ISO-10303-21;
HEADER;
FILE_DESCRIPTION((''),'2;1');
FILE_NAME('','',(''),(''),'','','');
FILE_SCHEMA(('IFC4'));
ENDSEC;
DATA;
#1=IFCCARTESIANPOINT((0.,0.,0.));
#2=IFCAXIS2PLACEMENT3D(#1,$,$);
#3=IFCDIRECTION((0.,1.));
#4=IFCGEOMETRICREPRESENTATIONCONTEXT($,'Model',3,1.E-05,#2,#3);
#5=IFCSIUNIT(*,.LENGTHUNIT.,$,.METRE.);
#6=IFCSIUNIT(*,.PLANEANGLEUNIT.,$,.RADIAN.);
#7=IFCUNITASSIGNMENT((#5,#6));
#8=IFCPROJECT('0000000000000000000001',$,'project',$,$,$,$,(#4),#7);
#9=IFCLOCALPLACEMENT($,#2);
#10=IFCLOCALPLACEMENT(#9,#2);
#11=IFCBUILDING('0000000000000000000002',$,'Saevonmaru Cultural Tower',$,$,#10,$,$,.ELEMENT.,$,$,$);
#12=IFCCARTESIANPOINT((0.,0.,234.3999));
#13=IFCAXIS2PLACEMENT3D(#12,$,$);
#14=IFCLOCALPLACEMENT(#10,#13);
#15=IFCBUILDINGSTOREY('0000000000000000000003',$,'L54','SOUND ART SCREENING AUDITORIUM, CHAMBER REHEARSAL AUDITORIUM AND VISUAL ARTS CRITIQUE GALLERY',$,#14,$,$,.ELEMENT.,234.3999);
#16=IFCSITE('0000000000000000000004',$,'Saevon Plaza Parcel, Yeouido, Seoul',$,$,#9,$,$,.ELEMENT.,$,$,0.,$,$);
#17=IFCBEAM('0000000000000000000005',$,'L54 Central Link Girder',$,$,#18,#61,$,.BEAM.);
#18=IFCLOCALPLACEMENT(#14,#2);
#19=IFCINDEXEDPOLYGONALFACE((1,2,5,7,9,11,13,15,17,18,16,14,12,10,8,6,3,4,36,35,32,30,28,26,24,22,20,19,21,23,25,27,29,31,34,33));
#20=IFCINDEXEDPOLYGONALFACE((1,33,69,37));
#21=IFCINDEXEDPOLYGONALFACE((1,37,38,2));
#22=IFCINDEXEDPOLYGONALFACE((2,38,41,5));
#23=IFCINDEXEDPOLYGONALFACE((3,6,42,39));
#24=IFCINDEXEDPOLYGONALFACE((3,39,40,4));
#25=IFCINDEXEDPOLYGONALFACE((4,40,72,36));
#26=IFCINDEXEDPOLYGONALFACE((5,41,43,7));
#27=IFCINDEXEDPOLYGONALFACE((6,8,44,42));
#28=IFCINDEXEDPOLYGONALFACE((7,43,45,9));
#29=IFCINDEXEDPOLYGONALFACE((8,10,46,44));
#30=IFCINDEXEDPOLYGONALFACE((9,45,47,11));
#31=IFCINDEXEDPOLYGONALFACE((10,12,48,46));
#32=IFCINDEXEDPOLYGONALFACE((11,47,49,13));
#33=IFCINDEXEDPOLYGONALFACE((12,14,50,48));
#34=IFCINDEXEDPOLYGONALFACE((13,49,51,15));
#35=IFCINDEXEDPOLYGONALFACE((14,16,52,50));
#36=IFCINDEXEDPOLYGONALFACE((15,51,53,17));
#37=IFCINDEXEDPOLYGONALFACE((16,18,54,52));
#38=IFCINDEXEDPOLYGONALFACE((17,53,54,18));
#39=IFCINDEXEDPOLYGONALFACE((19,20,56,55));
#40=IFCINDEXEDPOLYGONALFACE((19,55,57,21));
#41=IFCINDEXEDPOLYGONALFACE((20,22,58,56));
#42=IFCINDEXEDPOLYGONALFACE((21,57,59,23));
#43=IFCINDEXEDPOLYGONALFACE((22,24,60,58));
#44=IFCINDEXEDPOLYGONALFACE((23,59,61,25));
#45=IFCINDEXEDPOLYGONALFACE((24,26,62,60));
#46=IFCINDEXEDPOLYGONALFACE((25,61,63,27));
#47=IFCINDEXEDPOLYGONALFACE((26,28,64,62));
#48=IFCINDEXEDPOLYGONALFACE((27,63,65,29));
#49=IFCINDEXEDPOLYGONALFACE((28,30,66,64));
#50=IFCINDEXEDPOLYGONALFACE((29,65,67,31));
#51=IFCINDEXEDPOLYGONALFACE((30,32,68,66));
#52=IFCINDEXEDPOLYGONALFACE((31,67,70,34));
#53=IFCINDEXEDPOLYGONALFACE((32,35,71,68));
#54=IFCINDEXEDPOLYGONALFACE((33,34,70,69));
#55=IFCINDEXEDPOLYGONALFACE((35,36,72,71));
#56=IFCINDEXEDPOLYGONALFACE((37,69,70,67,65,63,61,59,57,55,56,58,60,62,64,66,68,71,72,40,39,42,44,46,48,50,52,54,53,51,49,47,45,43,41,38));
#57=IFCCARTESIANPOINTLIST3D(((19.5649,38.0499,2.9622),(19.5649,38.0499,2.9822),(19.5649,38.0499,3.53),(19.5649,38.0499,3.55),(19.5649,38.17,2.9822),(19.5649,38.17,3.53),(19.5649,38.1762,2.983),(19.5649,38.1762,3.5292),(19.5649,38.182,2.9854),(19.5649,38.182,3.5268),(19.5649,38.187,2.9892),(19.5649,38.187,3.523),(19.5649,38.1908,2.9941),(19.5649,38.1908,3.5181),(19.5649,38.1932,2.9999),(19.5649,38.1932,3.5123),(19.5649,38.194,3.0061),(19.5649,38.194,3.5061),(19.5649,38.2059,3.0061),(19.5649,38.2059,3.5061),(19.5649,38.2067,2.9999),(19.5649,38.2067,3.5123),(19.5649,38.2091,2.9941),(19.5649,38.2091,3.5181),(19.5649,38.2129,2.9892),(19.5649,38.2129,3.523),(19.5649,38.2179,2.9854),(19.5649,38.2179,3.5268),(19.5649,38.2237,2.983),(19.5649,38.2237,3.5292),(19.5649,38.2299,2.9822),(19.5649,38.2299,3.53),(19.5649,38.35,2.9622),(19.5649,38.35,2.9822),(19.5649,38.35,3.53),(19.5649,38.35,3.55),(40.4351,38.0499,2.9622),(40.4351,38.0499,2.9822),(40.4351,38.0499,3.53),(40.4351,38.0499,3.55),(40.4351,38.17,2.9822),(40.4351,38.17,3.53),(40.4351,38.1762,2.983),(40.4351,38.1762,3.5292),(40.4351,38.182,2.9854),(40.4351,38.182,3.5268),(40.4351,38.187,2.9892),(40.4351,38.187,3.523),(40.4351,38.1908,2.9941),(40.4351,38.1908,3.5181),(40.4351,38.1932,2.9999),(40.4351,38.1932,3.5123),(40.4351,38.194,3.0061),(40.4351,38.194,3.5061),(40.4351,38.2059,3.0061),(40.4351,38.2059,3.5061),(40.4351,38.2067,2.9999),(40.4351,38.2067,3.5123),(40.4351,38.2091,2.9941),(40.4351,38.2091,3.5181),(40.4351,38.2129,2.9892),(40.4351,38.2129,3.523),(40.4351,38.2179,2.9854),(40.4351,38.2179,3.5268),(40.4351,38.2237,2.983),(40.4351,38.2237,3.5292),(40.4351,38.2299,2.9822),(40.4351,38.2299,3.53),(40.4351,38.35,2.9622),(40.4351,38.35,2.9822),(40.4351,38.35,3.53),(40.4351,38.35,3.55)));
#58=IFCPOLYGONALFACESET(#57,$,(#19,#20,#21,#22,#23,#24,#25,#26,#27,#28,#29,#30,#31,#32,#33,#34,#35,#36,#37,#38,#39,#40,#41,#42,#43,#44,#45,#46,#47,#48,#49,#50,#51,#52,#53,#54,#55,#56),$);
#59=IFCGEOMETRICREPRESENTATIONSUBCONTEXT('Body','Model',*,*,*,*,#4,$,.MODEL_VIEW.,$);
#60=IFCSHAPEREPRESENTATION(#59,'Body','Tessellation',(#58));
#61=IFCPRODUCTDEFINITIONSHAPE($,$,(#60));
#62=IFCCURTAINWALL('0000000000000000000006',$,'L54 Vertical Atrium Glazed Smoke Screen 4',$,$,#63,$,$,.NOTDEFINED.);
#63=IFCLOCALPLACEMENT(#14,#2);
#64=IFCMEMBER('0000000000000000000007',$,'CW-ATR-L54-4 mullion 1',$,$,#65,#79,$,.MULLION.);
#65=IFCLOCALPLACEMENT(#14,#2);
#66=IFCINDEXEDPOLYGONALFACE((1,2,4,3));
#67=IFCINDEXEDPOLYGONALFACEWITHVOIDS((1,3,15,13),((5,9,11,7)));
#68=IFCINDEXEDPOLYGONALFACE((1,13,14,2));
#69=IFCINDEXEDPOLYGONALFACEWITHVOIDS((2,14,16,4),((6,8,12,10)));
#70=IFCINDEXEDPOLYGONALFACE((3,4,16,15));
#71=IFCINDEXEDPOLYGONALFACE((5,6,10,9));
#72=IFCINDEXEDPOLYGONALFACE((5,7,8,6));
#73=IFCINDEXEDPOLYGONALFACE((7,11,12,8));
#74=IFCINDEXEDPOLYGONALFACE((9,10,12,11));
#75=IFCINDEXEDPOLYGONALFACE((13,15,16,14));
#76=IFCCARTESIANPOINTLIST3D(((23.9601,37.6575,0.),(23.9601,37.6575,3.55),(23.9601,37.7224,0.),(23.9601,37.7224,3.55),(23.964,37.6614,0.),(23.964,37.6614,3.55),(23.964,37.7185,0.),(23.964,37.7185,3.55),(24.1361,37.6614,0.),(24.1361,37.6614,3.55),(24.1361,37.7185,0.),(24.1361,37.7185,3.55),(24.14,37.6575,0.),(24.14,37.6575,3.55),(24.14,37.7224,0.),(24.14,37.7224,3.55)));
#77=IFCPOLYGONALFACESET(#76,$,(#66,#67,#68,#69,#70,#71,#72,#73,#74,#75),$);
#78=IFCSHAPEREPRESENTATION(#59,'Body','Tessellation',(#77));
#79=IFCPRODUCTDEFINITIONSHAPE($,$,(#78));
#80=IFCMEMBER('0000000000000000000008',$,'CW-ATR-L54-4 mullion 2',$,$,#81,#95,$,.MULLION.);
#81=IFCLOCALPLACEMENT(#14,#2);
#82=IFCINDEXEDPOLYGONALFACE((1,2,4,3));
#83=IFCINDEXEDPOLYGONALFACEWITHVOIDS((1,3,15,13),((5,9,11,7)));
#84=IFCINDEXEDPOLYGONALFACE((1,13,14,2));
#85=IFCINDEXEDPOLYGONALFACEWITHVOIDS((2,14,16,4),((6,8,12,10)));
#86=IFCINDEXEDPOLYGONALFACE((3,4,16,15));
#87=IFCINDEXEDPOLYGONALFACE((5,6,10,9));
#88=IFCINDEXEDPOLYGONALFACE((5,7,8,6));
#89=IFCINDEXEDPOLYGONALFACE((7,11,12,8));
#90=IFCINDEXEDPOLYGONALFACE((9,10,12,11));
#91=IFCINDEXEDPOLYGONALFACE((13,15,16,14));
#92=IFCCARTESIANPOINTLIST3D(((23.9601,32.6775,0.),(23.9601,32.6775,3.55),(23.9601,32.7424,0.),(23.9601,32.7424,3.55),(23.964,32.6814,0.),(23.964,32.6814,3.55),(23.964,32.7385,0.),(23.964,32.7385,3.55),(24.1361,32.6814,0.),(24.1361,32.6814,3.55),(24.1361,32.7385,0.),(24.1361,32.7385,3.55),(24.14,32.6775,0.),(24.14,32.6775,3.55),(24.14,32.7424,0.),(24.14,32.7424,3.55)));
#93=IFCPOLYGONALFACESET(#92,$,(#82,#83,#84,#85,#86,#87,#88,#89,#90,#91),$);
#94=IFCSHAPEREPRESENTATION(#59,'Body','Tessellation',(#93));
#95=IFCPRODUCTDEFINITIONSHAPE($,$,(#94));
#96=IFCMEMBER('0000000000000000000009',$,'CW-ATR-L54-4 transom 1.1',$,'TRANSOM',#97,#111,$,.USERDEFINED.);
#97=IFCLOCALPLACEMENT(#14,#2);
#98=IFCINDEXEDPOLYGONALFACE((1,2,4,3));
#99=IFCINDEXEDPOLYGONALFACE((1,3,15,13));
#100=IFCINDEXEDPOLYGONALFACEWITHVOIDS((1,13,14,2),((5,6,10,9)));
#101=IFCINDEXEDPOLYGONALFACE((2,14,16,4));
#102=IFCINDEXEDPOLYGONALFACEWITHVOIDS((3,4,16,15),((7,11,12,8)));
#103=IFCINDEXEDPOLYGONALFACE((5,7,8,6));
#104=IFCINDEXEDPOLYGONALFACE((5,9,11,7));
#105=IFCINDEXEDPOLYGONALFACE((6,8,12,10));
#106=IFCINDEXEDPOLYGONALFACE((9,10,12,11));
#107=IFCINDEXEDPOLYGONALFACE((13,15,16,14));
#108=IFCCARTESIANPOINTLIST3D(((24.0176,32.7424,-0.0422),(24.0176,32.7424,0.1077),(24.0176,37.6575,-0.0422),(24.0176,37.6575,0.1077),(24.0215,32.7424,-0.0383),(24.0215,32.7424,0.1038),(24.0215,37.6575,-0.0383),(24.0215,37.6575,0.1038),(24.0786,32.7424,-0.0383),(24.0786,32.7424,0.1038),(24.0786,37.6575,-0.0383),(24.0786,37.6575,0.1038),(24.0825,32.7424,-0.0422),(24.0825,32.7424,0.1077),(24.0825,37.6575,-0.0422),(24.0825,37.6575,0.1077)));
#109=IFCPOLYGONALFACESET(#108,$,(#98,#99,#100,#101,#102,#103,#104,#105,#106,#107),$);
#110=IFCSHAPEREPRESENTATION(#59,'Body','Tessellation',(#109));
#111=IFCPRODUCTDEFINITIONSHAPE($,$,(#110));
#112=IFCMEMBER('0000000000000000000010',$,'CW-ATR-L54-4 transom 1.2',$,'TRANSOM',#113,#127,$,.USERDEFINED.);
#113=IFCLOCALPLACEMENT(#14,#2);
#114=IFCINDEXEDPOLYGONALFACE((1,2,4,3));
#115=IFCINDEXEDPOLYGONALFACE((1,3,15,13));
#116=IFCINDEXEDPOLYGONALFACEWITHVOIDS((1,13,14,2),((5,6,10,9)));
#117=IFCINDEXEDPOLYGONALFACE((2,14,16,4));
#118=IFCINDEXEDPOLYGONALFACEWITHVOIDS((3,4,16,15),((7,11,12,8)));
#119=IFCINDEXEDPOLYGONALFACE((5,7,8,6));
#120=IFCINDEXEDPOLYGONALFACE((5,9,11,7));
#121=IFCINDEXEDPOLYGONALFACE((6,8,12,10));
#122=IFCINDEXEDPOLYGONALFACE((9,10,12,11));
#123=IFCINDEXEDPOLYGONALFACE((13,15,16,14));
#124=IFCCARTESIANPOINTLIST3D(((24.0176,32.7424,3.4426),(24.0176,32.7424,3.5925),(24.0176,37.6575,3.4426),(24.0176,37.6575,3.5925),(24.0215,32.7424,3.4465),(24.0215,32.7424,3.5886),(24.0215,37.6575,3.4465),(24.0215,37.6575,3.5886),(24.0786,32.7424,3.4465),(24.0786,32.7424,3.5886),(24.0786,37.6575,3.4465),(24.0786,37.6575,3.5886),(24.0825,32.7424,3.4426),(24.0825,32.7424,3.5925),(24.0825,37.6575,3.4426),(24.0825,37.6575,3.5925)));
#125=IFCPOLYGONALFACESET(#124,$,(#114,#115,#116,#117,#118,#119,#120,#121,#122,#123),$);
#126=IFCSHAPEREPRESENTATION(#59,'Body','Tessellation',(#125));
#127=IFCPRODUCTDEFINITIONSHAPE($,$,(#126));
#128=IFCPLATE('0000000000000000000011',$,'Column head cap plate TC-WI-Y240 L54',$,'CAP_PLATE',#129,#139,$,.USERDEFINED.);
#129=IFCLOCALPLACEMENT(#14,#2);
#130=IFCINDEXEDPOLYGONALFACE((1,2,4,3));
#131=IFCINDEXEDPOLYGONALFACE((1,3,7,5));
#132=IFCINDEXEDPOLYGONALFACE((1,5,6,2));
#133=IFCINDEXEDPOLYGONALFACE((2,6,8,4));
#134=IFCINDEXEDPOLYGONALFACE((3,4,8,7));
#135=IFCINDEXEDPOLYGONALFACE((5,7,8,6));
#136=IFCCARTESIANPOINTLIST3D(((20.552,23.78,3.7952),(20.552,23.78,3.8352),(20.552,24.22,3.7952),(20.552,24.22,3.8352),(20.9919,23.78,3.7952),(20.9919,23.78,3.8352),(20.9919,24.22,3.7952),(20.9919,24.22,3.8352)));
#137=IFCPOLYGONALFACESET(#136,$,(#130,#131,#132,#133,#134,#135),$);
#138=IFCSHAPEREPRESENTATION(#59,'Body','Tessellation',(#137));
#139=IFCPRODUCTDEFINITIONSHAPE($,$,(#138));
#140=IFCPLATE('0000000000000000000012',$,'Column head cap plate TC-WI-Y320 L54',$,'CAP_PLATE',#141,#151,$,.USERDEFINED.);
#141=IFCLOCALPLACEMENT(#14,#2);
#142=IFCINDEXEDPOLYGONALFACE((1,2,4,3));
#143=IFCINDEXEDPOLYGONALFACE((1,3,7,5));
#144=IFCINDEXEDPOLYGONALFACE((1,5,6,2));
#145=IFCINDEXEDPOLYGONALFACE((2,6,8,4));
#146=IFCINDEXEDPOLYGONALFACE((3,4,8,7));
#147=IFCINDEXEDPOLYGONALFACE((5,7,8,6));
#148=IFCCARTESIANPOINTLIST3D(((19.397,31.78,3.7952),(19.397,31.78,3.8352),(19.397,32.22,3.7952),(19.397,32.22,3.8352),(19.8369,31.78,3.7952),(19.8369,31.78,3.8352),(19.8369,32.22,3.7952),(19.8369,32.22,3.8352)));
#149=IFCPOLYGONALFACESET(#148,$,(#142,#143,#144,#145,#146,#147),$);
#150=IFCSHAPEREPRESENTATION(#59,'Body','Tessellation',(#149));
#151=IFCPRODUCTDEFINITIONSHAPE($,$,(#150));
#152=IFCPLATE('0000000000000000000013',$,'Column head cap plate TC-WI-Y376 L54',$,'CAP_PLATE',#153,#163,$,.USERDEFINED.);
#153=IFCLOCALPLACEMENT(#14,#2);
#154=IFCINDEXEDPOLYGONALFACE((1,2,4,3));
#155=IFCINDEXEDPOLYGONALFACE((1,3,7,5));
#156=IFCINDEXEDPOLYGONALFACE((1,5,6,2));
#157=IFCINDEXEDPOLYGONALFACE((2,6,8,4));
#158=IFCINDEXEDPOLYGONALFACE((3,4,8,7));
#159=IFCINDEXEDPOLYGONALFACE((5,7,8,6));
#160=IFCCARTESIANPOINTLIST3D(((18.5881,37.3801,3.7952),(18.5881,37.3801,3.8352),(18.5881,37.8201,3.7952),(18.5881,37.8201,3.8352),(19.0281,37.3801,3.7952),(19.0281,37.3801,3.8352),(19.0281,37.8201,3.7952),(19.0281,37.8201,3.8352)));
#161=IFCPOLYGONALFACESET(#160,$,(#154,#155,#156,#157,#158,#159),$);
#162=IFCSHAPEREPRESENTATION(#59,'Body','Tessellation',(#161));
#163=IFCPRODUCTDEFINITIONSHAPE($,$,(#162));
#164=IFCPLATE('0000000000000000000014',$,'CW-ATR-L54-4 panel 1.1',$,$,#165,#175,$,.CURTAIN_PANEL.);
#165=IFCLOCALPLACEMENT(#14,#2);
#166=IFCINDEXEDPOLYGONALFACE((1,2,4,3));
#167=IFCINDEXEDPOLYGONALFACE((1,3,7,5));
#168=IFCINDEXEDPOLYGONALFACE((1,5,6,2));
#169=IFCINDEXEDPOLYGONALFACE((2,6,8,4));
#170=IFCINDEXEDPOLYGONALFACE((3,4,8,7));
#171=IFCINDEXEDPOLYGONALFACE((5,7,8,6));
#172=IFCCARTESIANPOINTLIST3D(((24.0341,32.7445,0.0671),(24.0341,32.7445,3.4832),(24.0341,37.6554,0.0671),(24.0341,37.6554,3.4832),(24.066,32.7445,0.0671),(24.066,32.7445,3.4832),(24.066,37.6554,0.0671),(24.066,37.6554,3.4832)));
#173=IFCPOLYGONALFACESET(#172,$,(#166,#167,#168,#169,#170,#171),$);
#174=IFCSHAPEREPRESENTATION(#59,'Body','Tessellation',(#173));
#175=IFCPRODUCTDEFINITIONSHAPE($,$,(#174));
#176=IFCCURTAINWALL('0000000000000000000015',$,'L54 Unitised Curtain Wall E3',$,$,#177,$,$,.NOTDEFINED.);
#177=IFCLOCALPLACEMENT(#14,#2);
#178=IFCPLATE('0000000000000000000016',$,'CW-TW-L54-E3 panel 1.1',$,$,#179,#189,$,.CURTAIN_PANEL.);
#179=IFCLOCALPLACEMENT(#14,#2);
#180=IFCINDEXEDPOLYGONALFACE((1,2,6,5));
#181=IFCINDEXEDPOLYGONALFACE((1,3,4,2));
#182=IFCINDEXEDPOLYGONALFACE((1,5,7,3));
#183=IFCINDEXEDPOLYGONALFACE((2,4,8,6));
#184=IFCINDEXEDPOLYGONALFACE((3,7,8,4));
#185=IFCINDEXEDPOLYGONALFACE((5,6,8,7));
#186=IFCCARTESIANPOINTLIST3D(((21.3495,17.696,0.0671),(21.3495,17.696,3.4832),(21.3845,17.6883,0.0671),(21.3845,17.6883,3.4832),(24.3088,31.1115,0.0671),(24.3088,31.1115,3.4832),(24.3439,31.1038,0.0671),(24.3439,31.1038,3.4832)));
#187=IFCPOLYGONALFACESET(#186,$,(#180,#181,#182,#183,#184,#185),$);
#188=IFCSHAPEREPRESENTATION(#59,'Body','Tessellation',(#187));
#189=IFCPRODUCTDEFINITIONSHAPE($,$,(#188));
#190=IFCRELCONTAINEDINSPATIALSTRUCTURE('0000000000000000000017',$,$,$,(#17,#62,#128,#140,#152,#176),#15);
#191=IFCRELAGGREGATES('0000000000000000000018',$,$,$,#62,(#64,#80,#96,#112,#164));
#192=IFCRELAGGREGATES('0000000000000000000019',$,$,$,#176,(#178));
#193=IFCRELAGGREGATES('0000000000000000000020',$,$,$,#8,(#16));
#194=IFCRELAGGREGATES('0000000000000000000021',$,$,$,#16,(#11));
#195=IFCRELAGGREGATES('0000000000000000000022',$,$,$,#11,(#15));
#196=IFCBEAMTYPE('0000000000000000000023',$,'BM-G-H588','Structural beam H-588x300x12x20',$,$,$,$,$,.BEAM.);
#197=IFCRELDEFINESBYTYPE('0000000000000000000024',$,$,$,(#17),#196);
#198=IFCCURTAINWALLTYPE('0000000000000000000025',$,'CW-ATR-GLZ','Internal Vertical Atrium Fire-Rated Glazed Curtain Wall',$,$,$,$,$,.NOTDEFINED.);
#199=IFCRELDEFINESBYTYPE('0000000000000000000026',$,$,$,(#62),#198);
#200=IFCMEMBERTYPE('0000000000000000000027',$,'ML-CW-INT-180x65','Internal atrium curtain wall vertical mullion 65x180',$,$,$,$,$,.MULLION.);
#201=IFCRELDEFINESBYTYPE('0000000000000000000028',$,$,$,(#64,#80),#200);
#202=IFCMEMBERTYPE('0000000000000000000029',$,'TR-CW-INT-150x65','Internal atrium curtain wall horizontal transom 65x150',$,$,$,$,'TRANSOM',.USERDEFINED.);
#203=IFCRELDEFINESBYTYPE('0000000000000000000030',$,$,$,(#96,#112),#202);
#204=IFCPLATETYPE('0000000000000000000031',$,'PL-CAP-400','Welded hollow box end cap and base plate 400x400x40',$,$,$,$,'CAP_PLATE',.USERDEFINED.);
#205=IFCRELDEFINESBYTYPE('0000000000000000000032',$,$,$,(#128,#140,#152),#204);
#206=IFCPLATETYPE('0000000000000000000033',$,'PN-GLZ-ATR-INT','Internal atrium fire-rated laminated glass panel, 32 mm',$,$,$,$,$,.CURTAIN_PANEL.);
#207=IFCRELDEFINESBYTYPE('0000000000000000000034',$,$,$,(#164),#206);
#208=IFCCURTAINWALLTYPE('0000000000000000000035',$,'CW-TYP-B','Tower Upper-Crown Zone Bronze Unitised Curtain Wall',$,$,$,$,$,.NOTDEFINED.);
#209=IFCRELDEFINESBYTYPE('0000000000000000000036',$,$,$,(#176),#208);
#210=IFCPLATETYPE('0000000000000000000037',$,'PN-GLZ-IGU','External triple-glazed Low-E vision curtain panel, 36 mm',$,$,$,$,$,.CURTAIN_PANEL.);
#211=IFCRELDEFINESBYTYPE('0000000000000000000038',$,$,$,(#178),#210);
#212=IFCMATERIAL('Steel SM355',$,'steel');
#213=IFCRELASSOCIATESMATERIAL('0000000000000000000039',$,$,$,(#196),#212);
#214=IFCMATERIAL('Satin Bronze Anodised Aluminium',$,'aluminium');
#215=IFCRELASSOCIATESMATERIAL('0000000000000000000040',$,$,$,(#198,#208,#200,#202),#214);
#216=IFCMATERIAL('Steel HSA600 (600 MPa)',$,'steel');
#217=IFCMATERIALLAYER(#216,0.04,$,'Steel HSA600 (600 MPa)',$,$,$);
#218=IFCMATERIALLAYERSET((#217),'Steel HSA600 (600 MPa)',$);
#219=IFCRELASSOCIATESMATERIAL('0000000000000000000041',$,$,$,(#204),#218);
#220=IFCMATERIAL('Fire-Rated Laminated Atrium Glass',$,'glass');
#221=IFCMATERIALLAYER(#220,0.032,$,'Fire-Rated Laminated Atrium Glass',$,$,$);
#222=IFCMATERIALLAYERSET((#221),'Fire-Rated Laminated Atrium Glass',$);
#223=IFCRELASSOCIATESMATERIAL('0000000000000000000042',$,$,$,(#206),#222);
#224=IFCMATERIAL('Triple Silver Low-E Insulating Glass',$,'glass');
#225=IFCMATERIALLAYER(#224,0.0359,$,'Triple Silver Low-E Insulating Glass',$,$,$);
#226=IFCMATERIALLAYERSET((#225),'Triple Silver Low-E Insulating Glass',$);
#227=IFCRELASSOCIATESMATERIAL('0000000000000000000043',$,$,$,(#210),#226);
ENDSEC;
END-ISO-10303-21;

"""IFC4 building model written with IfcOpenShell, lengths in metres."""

from ifc_helpers import new_model, si_unit, direction, frame, origin, origin_2d, place, context, subcontext, project, spatial, rectangle, hollow_rectangle, i_section, extrude, material, layer, layer_set, material_profile, profile_set, type_object, element, aggregate, save


model = new_model("IFC4")

# Units and contexts
model_context = context("Model", 3, precision=1e-05, world=origin(), true_north=direction((0.0, 1.0)))
body_context = subcontext(model_context, "Body", "Model", "MODEL_VIEW")
ifc_project = project(units=[si_unit("LENGTHUNIT", "METRE"), si_unit("PLANEANGLEUNIT", "RADIAN")], contexts=[model_context])

# Site, building, storey
site_placement = place(None, origin())
site = spatial("IfcSite", under=ifc_project, at=site_placement, Name="Saevon Plaza Parcel, Yeouido, Seoul", CompositionType="ELEMENT", RefElevation=0.0)
building_placement = place(site_placement, origin())
building = spatial("IfcBuilding", under=site, at=building_placement, Name="Saevonmaru Cultural Tower", CompositionType="ELEMENT")
storey_placement = place(building_placement, frame((0.0, 0.0, 234.3999)))
storey = spatial("IfcBuildingStorey", under=building, at=storey_placement, Name="L54", Description="SOUND ART SCREENING AUDITORIUM, CHAMBER REHEARSAL AUDITORIUM AND VISUAL ARTS CRITIQUE GALLERY", CompositionType="ELEMENT", Elevation=234.3999)

# Shared definitions
ifc_material_1 = material(Name="Steel SM355", Category="steel")

# Beam
ifc_material_profile_1 = material_profile(ifc_material_1, i_section(OverallWidth=0.3, OverallDepth=0.5879, WebThickness=0.012, FlangeThickness=0.02, FilletRadius=0.0239, at=origin_2d()), Name="H-588x300x12x20")
ifc_profile_set_1 = profile_set([ifc_material_profile_1], Name="Steel SM355")
beam_type = type_object("IfcBeamType", Name="BM-G-H588", Description="Structural beam H-588x300x12x20", PredefinedType="BEAM", material=ifc_profile_set_1)
beam_1_placement = place(storey_placement, frame((19.5649, 38.2, 3.2561), z_axis=(1.0, 0.0, 0.0), x_axis=(0.0, 1.0, 0.0)))
element("IfcBeam", 1, at=beam_1_placement, inside=storey, type_object=beam_type, Name="L54 Central Link Girder", PredefinedType="BEAM", context=body_context, shape_type="SweptSolid", body=[
    extrude(i_section(OverallWidth=0.3, OverallDepth=0.5879, WebThickness=0.012, FlangeThickness=0.02, FilletRadius=0.0239, at=origin_2d()), origin(), (0.0, 0.0, 1.0), 20.8701),
])

# Curtain wall, members
ifc_material_2 = material(Name="Satin Bronze Anodised Aluminium", Category="aluminium")
curtain_wall_type_1 = type_object("IfcCurtainWallType", Name="CW-ATR-GLZ", Description="Internal Vertical Atrium Fire-Rated Glazed Curtain Wall", PredefinedType="NOTDEFINED", material=ifc_material_2)
curtain_wall_1_placement = place(storey_placement, origin())
curtain_wall_1 = element("IfcCurtainWall", 2, at=curtain_wall_1_placement, inside=storey, type_object=curtain_wall_type_1, Name="L54 Vertical Atrium Glazed Smoke Screen 4", PredefinedType="NOTDEFINED")
ifc_material_profile_2 = material_profile(ifc_material_2, hollow_rectangle(XDim=0.0649, YDim=0.1799, WallThickness=0.0039, at=origin_2d()), Name="ALU-MULL-180x65x4")
ifc_profile_set_2 = profile_set([ifc_material_profile_2], Name="Satin Bronze Anodised Aluminium")
member_type_1 = type_object("IfcMemberType", Name="ML-CW-INT-180x65", Description="Internal atrium curtain wall vertical mullion 65x180", PredefinedType="MULLION", material=ifc_profile_set_2)
member_1_placement = place(storey_placement, frame((24.05, 37.6899, 0.0), z_axis=(0.0, 0.0, 1.0), x_axis=(0.0, -1.0, 0.0)))
member_1 = element("IfcMember", 3, at=member_1_placement, type_object=member_type_1, Name="CW-ATR-L54-4 mullion 1", PredefinedType="MULLION", context=body_context, shape_type="SweptSolid", body=[
    extrude(hollow_rectangle(XDim=0.0649, YDim=0.1799, WallThickness=0.0039, at=origin_2d()), origin(), (0.0, 0.0, 1.0), 3.55),
])
member_2_placement = place(storey_placement, frame((24.05, 32.71, 0.0), z_axis=(0.0, 0.0, 1.0), x_axis=(0.0, -1.0, 0.0)))
member_2 = element("IfcMember", 4, at=member_2_placement, type_object=member_type_1, Name="CW-ATR-L54-4 mullion 2", PredefinedType="MULLION", context=body_context, shape_type="SweptSolid", body=[
    extrude(hollow_rectangle(XDim=0.0649, YDim=0.1799, WallThickness=0.0039, at=origin_2d()), origin(), (0.0, 0.0, 1.0), 3.55),
])
ifc_material_profile_3 = material_profile(ifc_material_2, hollow_rectangle(XDim=0.0649, YDim=0.1499, WallThickness=0.0039, at=origin_2d()), Name="ALU-TRAN-150x65x4")
ifc_profile_set_3 = profile_set([ifc_material_profile_3], Name="Satin Bronze Anodised Aluminium")
member_type_2 = type_object("IfcMemberType", Name="TR-CW-INT-150x65", Description="Internal atrium curtain wall horizontal transom 65x150", ElementType="TRANSOM", PredefinedType="USERDEFINED", material=ifc_profile_set_3)
member_3_placement = place(storey_placement, frame((24.05, 37.6575, 0.0327), z_axis=(0.0, -1.0, 0.0), x_axis=(1.0, 0.0, 0.0)))
member_3 = element("IfcMember", 5, at=member_3_placement, type_object=member_type_2, Name="CW-ATR-L54-4 transom 1.1", ObjectType="TRANSOM", PredefinedType="USERDEFINED", context=body_context, shape_type="SweptSolid", body=[
    extrude(hollow_rectangle(XDim=0.0649, YDim=0.1499, WallThickness=0.0039, at=origin_2d()), origin(), (0.0, 0.0, 1.0), 4.915),
])
member_4_placement = place(storey_placement, frame((24.05, 37.6575, 3.5176), z_axis=(0.0, -1.0, 0.0), x_axis=(1.0, 0.0, 0.0)))
member_4 = element("IfcMember", 6, at=member_4_placement, type_object=member_type_2, Name="CW-ATR-L54-4 transom 1.2", ObjectType="TRANSOM", PredefinedType="USERDEFINED", context=body_context, shape_type="SweptSolid", body=[
    extrude(hollow_rectangle(XDim=0.0649, YDim=0.1499, WallThickness=0.0039, at=origin_2d()), origin(), (0.0, 0.0, 1.0), 4.915),
])

# Plates
ifc_material_3 = material(Name="Steel HSA600 (600 MPa)", Category="steel")
ifc_layer_1 = layer(ifc_material_3, 0.04, Name="Steel HSA600 (600 MPa)")
ifc_layer_set_1 = layer_set([ifc_layer_1], Name="Steel HSA600 (600 MPa)")
plate_type_1 = type_object("IfcPlateType", Name="PL-CAP-400", Description="Welded hollow box end cap and base plate 400x400x40", ElementType="CAP_PLATE", PredefinedType="USERDEFINED", material=ifc_layer_set_1)
for number, where, z_axis, x_axis, name in (
    (7, (20.772, 24.0, 3.7952), (0.0, 0.0, 1.0), (1.0, 0.0, 0.0), "Column head cap plate TC-WI-Y240 L54"),
    (8, (19.6169, 32.0, 3.7952), (0.0, 0.0, 1.0), (1.0, 0.0, 0.0), "Column head cap plate TC-WI-Y320 L54"),
    (9, (18.8081, 37.6001, 3.7952), (0.0, 0.0, 1.0), (1.0, 0.0, 0.0), "Column head cap plate TC-WI-Y376 L54"),
):
    element("IfcPlate", number, at=place(storey_placement, frame(where, z_axis=z_axis, x_axis=x_axis)), inside=storey, type_object=plate_type_1, Name=name, ObjectType="CAP_PLATE", PredefinedType="USERDEFINED", context=body_context, shape_type="SweptSolid", body=[
        extrude(rectangle(XDim=0.4399, YDim=0.4399, at=origin_2d()), origin(), (0.0, 0.0, 1.0), 0.04),
    ])

# Plate
ifc_material_4 = material(Name="Fire-Rated Laminated Atrium Glass", Category="glass")
ifc_layer_2 = layer(ifc_material_4, 0.032, Name="Fire-Rated Laminated Atrium Glass")
ifc_layer_set_2 = layer_set([ifc_layer_2], Name="Fire-Rated Laminated Atrium Glass")
plate_type_2 = type_object("IfcPlateType", Name="PN-GLZ-ATR-INT", Description="Internal atrium fire-rated laminated glass panel, 32 mm", PredefinedType="CURTAIN_PANEL", material=ifc_layer_set_2)
plate_1_placement = place(storey_placement, frame((24.05, 35.2, 0.0671), z_axis=(0.0, 0.0, 1.0), x_axis=(0.0, -1.0, 0.0)))
plate_1 = element("IfcPlate", 10, at=plate_1_placement, type_object=plate_type_2, Name="CW-ATR-L54-4 panel 1.1", PredefinedType="CURTAIN_PANEL", context=body_context, shape_type="SweptSolid", body=[
    extrude(rectangle(XDim=4.9109, YDim=0.032, at=origin_2d()), origin(), (0.0, 0.0, 1.0), 3.416),
])
aggregate(curtain_wall_1, [member_1, member_2, member_3, member_4, plate_1])

# Curtain wall, plate
curtain_wall_type_2 = type_object("IfcCurtainWallType", Name="CW-TYP-B", Description="Tower Upper-Crown Zone Bronze Unitised Curtain Wall", PredefinedType="NOTDEFINED", material=ifc_material_2)
curtain_wall_2_placement = place(storey_placement, origin())
curtain_wall_2 = element("IfcCurtainWall", 11, at=curtain_wall_2_placement, inside=storey, type_object=curtain_wall_type_2, Name="L54 Unitised Curtain Wall E3", PredefinedType="NOTDEFINED")
ifc_material_5 = material(Name="Triple Silver Low-E Insulating Glass", Category="glass")
ifc_layer_3 = layer(ifc_material_5, 0.0359, Name="Triple Silver Low-E Insulating Glass")
ifc_layer_set_3 = layer_set([ifc_layer_3], Name="Triple Silver Low-E Insulating Glass")
plate_type_3 = type_object("IfcPlateType", Name="PN-GLZ-IGU", Description="External triple-glazed Low-E vision curtain panel, 36 mm", PredefinedType="CURTAIN_PANEL", material=ifc_layer_set_3)
plate_2_placement = place(storey_placement, frame((22.8467, 24.3999, 0.0671), z_axis=(0.0, 0.0, 1.0), x_axis=(0.215413, 0.976523, 0.0)))
plate_2 = element("IfcPlate", 12, at=plate_2_placement, type_object=plate_type_3, Name="CW-TW-L54-E3 panel 1.1", PredefinedType="CURTAIN_PANEL", context=body_context, shape_type="SweptSolid", body=[
    extrude(rectangle(XDim=13.738, YDim=0.0359, at=origin_2d()), origin(), (0.0, 0.0, 1.0), 3.416),
])
aggregate(curtain_wall_2, [plate_2])

save(model, "model.ifc")
